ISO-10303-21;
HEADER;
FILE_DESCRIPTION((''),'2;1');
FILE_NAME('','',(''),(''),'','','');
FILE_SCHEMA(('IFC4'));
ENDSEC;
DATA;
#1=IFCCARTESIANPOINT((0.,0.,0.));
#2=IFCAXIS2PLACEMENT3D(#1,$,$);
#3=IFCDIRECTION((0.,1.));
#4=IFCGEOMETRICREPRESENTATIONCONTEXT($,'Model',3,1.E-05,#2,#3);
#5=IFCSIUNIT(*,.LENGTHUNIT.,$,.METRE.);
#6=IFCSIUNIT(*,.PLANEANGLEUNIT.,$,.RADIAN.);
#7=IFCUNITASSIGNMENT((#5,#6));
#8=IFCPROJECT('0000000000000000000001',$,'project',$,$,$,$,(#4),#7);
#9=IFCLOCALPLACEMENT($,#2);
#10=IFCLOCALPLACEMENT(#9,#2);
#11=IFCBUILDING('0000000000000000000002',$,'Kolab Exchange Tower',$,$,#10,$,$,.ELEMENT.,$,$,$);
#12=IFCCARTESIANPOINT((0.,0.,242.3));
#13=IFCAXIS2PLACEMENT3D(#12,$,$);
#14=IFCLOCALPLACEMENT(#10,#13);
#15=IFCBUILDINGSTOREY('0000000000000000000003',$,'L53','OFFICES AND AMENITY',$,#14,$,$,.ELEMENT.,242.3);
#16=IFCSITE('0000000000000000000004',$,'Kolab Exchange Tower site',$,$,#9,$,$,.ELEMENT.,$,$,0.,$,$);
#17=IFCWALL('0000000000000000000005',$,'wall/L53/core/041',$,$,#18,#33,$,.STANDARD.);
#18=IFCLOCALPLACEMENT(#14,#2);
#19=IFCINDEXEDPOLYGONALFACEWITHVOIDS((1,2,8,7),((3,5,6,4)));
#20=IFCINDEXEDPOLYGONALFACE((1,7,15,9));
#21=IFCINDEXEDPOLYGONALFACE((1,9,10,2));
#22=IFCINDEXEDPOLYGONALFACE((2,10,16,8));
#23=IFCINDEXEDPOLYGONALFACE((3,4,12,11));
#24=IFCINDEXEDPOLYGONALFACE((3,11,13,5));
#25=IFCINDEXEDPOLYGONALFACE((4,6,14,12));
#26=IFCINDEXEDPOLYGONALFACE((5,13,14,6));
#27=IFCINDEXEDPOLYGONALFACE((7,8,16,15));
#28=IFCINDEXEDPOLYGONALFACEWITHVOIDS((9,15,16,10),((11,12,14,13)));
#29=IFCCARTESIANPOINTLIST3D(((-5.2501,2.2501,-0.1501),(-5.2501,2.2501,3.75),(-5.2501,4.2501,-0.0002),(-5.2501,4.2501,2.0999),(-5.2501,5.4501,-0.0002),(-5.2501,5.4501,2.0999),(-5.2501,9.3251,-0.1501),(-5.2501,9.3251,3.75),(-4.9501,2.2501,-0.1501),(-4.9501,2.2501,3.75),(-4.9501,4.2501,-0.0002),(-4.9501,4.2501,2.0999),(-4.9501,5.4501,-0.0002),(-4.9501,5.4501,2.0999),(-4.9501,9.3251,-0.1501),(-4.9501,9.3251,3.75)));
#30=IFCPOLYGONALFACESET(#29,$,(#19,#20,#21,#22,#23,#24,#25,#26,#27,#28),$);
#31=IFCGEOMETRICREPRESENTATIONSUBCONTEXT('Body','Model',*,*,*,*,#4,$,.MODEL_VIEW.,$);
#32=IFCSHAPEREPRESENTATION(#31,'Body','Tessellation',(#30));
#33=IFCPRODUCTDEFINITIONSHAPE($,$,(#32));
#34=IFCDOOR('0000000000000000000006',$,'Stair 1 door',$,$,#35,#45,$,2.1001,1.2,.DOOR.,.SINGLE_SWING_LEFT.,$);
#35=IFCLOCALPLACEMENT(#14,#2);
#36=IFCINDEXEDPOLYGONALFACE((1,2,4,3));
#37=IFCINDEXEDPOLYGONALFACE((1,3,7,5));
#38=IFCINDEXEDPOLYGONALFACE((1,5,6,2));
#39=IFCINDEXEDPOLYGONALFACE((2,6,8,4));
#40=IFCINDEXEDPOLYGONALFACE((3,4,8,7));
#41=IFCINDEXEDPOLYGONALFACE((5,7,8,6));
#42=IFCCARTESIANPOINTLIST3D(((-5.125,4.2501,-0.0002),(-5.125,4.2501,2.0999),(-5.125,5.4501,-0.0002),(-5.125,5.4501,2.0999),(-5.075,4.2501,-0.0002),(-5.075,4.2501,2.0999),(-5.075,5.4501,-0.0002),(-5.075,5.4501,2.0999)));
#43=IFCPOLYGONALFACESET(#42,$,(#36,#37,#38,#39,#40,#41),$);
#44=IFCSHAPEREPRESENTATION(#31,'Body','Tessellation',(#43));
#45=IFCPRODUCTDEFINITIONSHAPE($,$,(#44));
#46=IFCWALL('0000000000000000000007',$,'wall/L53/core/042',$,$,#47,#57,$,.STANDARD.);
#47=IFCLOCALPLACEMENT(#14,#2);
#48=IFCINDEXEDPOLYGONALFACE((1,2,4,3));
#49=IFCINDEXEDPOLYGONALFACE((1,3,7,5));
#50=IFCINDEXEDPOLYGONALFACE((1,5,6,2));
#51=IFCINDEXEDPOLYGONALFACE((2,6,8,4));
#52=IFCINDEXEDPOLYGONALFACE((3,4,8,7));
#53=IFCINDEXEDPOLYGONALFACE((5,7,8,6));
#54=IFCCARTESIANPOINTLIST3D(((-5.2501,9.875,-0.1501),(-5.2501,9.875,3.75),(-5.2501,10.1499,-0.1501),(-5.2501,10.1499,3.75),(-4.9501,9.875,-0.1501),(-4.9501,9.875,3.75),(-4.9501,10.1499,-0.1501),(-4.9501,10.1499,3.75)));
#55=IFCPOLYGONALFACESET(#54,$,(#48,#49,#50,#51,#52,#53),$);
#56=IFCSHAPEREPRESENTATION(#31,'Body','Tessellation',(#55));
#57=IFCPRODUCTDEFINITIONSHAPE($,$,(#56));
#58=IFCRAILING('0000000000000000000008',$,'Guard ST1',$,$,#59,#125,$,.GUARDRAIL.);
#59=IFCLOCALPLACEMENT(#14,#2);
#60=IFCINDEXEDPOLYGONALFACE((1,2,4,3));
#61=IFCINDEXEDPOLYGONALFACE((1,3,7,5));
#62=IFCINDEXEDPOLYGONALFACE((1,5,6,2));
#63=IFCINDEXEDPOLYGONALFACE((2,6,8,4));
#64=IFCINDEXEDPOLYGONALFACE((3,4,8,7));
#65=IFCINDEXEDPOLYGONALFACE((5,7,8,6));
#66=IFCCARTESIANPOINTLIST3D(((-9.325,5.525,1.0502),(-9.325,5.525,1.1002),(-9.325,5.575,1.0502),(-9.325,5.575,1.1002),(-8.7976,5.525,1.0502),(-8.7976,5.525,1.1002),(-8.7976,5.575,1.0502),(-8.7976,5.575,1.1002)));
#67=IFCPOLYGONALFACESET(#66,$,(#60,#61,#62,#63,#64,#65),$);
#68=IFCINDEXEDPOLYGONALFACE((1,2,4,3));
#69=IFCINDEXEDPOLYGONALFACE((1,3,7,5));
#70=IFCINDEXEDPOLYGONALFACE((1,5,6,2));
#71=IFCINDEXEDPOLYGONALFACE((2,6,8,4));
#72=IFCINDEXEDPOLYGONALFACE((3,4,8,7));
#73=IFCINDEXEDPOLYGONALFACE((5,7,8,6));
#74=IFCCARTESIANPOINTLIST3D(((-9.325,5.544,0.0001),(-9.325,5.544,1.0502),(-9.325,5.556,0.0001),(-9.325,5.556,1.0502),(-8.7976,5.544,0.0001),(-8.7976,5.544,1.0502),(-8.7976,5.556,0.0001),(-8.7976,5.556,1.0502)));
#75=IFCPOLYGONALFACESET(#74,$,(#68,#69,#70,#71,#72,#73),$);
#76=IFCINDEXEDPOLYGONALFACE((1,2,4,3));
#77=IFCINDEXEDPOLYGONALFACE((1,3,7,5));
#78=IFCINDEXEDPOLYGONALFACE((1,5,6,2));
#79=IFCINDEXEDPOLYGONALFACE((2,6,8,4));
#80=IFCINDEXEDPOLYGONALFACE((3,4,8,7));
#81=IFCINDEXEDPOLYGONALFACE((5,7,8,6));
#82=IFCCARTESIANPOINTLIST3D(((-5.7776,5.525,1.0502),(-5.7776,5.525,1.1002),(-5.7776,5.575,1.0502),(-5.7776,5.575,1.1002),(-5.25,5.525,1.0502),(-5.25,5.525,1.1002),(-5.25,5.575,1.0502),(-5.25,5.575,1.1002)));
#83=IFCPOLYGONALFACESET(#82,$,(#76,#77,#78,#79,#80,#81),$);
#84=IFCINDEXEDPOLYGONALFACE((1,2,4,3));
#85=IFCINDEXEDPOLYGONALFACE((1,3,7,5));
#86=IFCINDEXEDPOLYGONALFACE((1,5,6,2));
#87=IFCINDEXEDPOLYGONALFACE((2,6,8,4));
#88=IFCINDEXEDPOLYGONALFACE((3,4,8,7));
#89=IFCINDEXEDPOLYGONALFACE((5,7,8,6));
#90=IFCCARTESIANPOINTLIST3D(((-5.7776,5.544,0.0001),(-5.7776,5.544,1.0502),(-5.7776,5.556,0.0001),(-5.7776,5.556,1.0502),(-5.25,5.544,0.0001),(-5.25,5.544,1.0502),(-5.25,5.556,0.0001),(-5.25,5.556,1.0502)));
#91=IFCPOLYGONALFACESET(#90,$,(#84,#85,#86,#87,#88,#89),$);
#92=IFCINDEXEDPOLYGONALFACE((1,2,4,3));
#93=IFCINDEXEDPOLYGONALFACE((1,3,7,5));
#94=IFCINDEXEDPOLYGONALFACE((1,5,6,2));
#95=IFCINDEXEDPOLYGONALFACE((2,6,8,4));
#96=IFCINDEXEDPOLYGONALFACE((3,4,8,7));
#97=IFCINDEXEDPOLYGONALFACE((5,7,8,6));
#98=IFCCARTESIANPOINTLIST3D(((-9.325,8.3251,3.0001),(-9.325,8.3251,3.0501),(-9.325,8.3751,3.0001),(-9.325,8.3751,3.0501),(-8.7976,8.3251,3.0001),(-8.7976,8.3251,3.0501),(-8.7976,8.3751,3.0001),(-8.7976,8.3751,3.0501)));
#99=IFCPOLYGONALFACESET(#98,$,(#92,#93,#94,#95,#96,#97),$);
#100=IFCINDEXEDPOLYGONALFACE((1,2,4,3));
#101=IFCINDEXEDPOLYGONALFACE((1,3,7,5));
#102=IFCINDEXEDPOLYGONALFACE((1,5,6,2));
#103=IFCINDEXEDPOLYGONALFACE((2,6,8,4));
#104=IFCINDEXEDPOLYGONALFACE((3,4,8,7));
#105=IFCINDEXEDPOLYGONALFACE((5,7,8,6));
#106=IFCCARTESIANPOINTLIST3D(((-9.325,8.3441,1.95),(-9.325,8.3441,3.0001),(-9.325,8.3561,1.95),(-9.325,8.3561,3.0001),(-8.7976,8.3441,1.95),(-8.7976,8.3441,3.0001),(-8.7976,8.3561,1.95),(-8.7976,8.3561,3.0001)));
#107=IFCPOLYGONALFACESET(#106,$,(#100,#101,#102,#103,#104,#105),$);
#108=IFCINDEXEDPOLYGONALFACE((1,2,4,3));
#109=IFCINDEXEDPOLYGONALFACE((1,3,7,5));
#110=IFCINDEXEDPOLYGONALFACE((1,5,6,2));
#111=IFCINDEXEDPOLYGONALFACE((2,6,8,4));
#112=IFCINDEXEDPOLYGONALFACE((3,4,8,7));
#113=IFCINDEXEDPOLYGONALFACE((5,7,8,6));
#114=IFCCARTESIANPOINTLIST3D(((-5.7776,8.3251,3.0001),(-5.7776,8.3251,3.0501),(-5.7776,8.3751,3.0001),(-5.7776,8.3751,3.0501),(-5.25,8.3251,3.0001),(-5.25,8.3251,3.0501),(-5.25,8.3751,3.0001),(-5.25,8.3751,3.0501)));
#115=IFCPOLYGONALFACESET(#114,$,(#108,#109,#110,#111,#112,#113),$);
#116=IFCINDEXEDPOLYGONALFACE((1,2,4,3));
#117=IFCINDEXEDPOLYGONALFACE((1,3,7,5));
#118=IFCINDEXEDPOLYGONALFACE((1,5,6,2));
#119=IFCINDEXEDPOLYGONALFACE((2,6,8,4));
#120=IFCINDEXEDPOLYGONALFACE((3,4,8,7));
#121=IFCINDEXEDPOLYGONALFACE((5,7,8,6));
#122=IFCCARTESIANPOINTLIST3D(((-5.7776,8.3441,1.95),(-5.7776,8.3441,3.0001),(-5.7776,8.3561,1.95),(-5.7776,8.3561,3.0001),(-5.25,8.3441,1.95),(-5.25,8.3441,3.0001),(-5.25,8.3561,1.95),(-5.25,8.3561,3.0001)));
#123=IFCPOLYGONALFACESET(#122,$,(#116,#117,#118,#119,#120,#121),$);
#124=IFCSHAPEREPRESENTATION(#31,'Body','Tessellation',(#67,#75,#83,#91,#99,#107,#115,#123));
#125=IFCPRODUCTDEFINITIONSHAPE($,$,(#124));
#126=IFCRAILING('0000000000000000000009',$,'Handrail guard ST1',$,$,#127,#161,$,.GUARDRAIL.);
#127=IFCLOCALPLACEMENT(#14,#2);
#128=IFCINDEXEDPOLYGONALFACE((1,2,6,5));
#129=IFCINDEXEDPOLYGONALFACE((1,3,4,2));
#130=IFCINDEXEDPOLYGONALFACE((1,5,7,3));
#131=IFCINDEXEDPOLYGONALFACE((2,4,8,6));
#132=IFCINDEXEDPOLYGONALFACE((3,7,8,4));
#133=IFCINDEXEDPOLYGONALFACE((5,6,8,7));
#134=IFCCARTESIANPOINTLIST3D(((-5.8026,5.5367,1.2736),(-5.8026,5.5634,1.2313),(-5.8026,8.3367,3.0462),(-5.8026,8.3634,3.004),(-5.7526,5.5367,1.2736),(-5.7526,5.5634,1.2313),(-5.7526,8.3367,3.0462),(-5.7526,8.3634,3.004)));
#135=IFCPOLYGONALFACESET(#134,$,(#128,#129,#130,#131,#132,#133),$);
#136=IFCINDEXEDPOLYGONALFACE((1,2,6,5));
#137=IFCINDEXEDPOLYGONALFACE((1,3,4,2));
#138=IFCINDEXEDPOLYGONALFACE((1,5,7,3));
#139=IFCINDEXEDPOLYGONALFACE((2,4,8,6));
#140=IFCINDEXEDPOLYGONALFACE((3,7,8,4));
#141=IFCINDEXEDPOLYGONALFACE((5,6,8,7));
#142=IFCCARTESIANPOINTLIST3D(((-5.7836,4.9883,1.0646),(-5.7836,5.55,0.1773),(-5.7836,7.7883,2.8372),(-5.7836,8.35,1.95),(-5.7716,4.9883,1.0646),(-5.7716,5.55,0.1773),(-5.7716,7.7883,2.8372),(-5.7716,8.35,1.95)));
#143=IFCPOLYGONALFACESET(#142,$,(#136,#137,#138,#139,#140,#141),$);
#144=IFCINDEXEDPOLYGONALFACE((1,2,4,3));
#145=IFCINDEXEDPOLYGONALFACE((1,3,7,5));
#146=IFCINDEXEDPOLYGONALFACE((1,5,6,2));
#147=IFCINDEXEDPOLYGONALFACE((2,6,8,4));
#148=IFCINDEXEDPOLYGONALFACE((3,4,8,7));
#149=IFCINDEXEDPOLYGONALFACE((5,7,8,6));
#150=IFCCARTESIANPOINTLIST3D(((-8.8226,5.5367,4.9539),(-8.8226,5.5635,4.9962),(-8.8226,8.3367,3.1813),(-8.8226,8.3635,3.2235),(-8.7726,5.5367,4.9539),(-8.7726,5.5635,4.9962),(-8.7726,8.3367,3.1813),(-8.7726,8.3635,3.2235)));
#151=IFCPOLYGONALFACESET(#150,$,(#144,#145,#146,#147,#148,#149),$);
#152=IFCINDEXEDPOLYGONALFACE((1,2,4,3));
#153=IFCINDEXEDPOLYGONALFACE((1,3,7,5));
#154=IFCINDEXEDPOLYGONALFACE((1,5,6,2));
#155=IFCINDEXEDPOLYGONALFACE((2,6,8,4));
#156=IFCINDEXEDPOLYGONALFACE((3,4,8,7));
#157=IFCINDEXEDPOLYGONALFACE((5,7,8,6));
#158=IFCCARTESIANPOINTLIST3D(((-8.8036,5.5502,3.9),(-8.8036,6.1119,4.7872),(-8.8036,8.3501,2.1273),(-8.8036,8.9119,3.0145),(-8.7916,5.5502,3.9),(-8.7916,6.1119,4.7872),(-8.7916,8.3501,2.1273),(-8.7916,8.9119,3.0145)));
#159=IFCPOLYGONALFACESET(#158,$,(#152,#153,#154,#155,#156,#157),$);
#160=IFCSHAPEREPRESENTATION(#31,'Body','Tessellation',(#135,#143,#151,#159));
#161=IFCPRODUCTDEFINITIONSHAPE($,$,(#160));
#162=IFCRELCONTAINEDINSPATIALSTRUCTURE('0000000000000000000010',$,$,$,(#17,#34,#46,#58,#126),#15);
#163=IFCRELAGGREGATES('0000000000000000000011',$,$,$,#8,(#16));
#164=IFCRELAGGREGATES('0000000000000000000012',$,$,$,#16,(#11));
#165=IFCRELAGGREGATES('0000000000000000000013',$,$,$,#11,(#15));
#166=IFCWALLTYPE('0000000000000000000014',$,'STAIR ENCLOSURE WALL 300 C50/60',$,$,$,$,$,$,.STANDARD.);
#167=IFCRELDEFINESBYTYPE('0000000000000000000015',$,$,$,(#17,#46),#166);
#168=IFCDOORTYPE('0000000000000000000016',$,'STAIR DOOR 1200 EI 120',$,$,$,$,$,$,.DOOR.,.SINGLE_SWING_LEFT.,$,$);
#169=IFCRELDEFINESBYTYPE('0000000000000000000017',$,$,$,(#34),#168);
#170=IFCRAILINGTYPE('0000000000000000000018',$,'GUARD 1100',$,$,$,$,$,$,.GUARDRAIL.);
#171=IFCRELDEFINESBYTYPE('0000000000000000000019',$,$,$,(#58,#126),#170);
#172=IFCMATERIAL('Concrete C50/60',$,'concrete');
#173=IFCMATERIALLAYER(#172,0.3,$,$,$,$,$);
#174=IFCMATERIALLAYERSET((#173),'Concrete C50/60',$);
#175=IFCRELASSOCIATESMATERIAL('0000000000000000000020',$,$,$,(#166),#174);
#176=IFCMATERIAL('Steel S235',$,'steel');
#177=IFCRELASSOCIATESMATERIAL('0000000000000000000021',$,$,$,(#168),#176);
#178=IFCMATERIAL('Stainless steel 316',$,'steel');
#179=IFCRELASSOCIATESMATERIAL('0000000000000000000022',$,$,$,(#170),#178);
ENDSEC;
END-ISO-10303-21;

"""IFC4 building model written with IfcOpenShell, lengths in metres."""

from ifc_helpers import new_model, si_unit, direction, frame, frame_2d, origin, origin_2d, place, context, subcontext, project, spatial, rectangle, extrude, material, layer, layer_set, type_object, element, fill, save


model = new_model("IFC4")

# Units and contexts
model_context = context("Model", 3, precision=1e-05, world=origin(), true_north=direction((0.0, 1.0)))
body_context = subcontext(model_context, "Body", "Model", "MODEL_VIEW")
ifc_project = project(units=[si_unit("LENGTHUNIT", "METRE"), si_unit("PLANEANGLEUNIT", "RADIAN")], contexts=[model_context])

# Site, building, storey
site_placement = place(None, origin())
site = spatial("IfcSite", under=ifc_project, at=site_placement, Name="Kolab Exchange Tower site", CompositionType="ELEMENT", RefElevation=0.0)
building_placement = place(site_placement, origin())
building = spatial("IfcBuilding", under=site, at=building_placement, Name="Kolab Exchange Tower", CompositionType="ELEMENT")
storey_placement = place(building_placement, frame((0.0, 0.0, 242.3)))
storey = spatial("IfcBuildingStorey", under=building, at=storey_placement, Name="L53", Description="OFFICES AND AMENITY", CompositionType="ELEMENT", Elevation=242.3)

# Shared definitions
ifc_material_1 = material(Name="Concrete C50/60", Category="concrete")
ifc_material_2 = material(Name="Steel S235", Category="steel")

# Shared definitions
ifc_material_3 = material(Name="Stainless steel 316", Category="steel")

# Shared definitions
ifc_layer_1 = layer(ifc_material_1, 0.3)
ifc_layer_set_1 = layer_set([ifc_layer_1], Name="Concrete C50/60")
wall_type_1 = type_object("IfcWallType", Name="STAIR ENCLOSURE WALL 300 C50/60", PredefinedType="STANDARD", material=ifc_layer_set_1)

# Shared definitions
door_type_1 = type_object("IfcDoorType", Name="STAIR DOOR 1200 EI 120", OperationType="SINGLE_SWING_LEFT", PredefinedType="DOOR", material=ifc_material_2)

# Wall, opening, door
wall_1_placement = place(storey_placement, frame((-5.1001, 2.25, -0.1501), z_axis=(0.0, 0.0, 1.0), x_axis=(0.0, 1.0, 0.0)))
wall_1 = element("IfcWall", 1, at=wall_1_placement, inside=storey, type_object=wall_type_1, Name="wall/L53/core/041", PredefinedType="STANDARD", context=body_context, shape_type="SweptSolid", body=[
    extrude(rectangle(XDim=7.075, YDim=0.3, at=frame_2d((3.5376, 0.0))), origin(), (0.0, 0.0, 1.0), 3.9001),
])
opening_1_placement = place(wall_1_placement, frame((2.0, 0.0, 0.1499)))
opening_1 = element("IfcOpeningElement", 2, at=opening_1_placement, cuts=wall_1, PredefinedType="OPENING", context=body_context, shape_type="SweptSolid", body=[
    extrude(rectangle(XDim=1.2, YDim=2.1001, at=frame_2d((0.6001, 1.05))), frame((0.0, 0.1602, 0.0), z_axis=(0.0, -1.0, 0.0), x_axis=(1.0, 0.0, 0.0)), (0.0, 0.0, 1.0), 0.3201),
])
door_1_placement = place(opening_1_placement, origin())
door_1 = element("IfcDoor", 3, at=door_1_placement, inside=storey, type_object=door_type_1, Name="Stair 1 door", OperationType="SINGLE_SWING_LEFT", OverallHeight=2.1001, OverallWidth=1.2, PredefinedType="DOOR", context=body_context, shape_type="SweptSolid", body=[
    extrude(rectangle(XDim=1.2, YDim=2.1001, at=frame_2d((0.6001, 1.05))), frame((0.0, 0.0249, 0.0), z_axis=(0.0, -1.0, 0.0), x_axis=(1.0, 0.0, 0.0)), (0.0, 0.0, 1.0), 0.05),
])
fill(opening_1, door_1)

# Wall
wall_2_placement = place(storey_placement, frame((-5.1001, 9.875, -0.1501), z_axis=(0.0, 0.0, 1.0), x_axis=(0.0, 1.0, 0.0)))
element("IfcWall", 4, at=wall_2_placement, inside=storey, type_object=wall_type_1, Name="wall/L53/core/042", PredefinedType="STANDARD", context=body_context, shape_type="SweptSolid", body=[
    extrude(rectangle(XDim=0.2749, YDim=0.3, at=frame_2d((0.1375, 0.0))), origin(), (0.0, 0.0, 1.0), 3.9001),
])

# Railings
railing_type = type_object("IfcRailingType", Name="GUARD 1100", PredefinedType="GUARDRAIL", material=ifc_material_3)
railing_1_placement = place(storey_placement, frame((-9.325, 5.55, 0.0)))
element("IfcRailing", 5, at=railing_1_placement, inside=storey, type_object=railing_type, Name="Guard ST1", PredefinedType="GUARDRAIL", context=body_context, shape_type="SweptSolid", body=[
    extrude(rectangle(XDim=0.05, YDim=0.05, at=origin_2d()), frame((0.0, 0.0, 1.0752), z_axis=(1.0, 0.0, 0.0), x_axis=(0.0, 1.0, 0.0)), (0.0, 0.0, 1.0), 0.5273),
    extrude(rectangle(XDim=0.012, YDim=1.0501, at=frame_2d((0.0, 0.5251))), frame((0.0, 0.0, 0.0), z_axis=(1.0, 0.0, 0.0), x_axis=(0.0, 1.0, 0.0)), (0.0, 0.0, 1.0), 0.5273),
    extrude(rectangle(XDim=0.05, YDim=0.05, at=origin_2d()), frame((3.5474, 0.0, 1.0752), z_axis=(1.0, 0.0, 0.0), x_axis=(0.0, 1.0, 0.0)), (0.0, 0.0, 1.0), 0.5276),
    extrude(rectangle(XDim=0.012, YDim=1.0501, at=frame_2d((0.0, 0.5251))), frame((3.5474, 0.0, 0.0), z_axis=(1.0, 0.0, 0.0), x_axis=(0.0, 1.0, 0.0)), (0.0, 0.0, 1.0), 0.5276),
    extrude(rectangle(XDim=0.05, YDim=0.05, at=origin_2d()), frame((0.0, 2.8, 3.0251), z_axis=(1.0, 0.0, 0.0), x_axis=(0.0, 1.0, 0.0)), (0.0, 0.0, 1.0), 0.5273),
    extrude(rectangle(XDim=0.012, YDim=1.0501, at=frame_2d((0.0, 0.5251))), frame((0.0, 2.8, 1.95), z_axis=(1.0, 0.0, 0.0), x_axis=(0.0, 1.0, 0.0)), (0.0, 0.0, 1.0), 0.5273),
    extrude(rectangle(XDim=0.05, YDim=0.05, at=origin_2d()), frame((3.5474, 2.8, 3.0251), z_axis=(1.0, 0.0, 0.0), x_axis=(0.0, 1.0, 0.0)), (0.0, 0.0, 1.0), 0.5276),
    extrude(rectangle(XDim=0.012, YDim=1.0501, at=frame_2d((0.0, 0.5251))), frame((3.5474, 2.8, 1.95), z_axis=(1.0, 0.0, 0.0), x_axis=(0.0, 1.0, 0.0)), (0.0, 0.0, 1.0), 0.5276),
])
railing_2_placement = place(storey_placement, frame((-5.7776, 5.55, 0.1772)))
element("IfcRailing", 6, at=railing_2_placement, inside=storey, type_object=railing_type, Name="Handrail guard ST1", PredefinedType="GUARDRAIL", context=body_context, shape_type="SweptSolid", body=[
    extrude(rectangle(XDim=0.05, YDim=0.05, at=origin_2d()), frame((0.0, 0.0, 1.0752), z_axis=(0.0, 0.844909, 0.53491), x_axis=(-1.0, 0.0, 0.0)), (0.0, 0.0, 1.0), 3.314),
    extrude(rectangle(XDim=0.012, YDim=1.0501, at=frame_2d((0.0, 0.5251))), frame((0.0, 0.0, 0.0), z_axis=(0.0, 0.844909, 0.53491), x_axis=(-1.0, 0.0, 0.0)), (0.0, 0.0, 1.0), 3.314),
    extrude(rectangle(XDim=0.05, YDim=0.05, at=origin_2d()), frame((-3.02, 2.8, 3.0251), z_axis=(0.0, -0.844909, 0.53491), x_axis=(1.0, 0.0, 0.0)), (0.0, 0.0, 1.0), 3.314),
    extrude(rectangle(XDim=0.012, YDim=1.0501, at=frame_2d((0.0, 0.5251))), frame((-3.02, 2.8, 1.95), z_axis=(0.0, -0.844909, 0.53491), x_axis=(1.0, 0.0, 0.0)), (0.0, 0.0, 1.0), 3.314),
])

save(model, "model.ifc")
